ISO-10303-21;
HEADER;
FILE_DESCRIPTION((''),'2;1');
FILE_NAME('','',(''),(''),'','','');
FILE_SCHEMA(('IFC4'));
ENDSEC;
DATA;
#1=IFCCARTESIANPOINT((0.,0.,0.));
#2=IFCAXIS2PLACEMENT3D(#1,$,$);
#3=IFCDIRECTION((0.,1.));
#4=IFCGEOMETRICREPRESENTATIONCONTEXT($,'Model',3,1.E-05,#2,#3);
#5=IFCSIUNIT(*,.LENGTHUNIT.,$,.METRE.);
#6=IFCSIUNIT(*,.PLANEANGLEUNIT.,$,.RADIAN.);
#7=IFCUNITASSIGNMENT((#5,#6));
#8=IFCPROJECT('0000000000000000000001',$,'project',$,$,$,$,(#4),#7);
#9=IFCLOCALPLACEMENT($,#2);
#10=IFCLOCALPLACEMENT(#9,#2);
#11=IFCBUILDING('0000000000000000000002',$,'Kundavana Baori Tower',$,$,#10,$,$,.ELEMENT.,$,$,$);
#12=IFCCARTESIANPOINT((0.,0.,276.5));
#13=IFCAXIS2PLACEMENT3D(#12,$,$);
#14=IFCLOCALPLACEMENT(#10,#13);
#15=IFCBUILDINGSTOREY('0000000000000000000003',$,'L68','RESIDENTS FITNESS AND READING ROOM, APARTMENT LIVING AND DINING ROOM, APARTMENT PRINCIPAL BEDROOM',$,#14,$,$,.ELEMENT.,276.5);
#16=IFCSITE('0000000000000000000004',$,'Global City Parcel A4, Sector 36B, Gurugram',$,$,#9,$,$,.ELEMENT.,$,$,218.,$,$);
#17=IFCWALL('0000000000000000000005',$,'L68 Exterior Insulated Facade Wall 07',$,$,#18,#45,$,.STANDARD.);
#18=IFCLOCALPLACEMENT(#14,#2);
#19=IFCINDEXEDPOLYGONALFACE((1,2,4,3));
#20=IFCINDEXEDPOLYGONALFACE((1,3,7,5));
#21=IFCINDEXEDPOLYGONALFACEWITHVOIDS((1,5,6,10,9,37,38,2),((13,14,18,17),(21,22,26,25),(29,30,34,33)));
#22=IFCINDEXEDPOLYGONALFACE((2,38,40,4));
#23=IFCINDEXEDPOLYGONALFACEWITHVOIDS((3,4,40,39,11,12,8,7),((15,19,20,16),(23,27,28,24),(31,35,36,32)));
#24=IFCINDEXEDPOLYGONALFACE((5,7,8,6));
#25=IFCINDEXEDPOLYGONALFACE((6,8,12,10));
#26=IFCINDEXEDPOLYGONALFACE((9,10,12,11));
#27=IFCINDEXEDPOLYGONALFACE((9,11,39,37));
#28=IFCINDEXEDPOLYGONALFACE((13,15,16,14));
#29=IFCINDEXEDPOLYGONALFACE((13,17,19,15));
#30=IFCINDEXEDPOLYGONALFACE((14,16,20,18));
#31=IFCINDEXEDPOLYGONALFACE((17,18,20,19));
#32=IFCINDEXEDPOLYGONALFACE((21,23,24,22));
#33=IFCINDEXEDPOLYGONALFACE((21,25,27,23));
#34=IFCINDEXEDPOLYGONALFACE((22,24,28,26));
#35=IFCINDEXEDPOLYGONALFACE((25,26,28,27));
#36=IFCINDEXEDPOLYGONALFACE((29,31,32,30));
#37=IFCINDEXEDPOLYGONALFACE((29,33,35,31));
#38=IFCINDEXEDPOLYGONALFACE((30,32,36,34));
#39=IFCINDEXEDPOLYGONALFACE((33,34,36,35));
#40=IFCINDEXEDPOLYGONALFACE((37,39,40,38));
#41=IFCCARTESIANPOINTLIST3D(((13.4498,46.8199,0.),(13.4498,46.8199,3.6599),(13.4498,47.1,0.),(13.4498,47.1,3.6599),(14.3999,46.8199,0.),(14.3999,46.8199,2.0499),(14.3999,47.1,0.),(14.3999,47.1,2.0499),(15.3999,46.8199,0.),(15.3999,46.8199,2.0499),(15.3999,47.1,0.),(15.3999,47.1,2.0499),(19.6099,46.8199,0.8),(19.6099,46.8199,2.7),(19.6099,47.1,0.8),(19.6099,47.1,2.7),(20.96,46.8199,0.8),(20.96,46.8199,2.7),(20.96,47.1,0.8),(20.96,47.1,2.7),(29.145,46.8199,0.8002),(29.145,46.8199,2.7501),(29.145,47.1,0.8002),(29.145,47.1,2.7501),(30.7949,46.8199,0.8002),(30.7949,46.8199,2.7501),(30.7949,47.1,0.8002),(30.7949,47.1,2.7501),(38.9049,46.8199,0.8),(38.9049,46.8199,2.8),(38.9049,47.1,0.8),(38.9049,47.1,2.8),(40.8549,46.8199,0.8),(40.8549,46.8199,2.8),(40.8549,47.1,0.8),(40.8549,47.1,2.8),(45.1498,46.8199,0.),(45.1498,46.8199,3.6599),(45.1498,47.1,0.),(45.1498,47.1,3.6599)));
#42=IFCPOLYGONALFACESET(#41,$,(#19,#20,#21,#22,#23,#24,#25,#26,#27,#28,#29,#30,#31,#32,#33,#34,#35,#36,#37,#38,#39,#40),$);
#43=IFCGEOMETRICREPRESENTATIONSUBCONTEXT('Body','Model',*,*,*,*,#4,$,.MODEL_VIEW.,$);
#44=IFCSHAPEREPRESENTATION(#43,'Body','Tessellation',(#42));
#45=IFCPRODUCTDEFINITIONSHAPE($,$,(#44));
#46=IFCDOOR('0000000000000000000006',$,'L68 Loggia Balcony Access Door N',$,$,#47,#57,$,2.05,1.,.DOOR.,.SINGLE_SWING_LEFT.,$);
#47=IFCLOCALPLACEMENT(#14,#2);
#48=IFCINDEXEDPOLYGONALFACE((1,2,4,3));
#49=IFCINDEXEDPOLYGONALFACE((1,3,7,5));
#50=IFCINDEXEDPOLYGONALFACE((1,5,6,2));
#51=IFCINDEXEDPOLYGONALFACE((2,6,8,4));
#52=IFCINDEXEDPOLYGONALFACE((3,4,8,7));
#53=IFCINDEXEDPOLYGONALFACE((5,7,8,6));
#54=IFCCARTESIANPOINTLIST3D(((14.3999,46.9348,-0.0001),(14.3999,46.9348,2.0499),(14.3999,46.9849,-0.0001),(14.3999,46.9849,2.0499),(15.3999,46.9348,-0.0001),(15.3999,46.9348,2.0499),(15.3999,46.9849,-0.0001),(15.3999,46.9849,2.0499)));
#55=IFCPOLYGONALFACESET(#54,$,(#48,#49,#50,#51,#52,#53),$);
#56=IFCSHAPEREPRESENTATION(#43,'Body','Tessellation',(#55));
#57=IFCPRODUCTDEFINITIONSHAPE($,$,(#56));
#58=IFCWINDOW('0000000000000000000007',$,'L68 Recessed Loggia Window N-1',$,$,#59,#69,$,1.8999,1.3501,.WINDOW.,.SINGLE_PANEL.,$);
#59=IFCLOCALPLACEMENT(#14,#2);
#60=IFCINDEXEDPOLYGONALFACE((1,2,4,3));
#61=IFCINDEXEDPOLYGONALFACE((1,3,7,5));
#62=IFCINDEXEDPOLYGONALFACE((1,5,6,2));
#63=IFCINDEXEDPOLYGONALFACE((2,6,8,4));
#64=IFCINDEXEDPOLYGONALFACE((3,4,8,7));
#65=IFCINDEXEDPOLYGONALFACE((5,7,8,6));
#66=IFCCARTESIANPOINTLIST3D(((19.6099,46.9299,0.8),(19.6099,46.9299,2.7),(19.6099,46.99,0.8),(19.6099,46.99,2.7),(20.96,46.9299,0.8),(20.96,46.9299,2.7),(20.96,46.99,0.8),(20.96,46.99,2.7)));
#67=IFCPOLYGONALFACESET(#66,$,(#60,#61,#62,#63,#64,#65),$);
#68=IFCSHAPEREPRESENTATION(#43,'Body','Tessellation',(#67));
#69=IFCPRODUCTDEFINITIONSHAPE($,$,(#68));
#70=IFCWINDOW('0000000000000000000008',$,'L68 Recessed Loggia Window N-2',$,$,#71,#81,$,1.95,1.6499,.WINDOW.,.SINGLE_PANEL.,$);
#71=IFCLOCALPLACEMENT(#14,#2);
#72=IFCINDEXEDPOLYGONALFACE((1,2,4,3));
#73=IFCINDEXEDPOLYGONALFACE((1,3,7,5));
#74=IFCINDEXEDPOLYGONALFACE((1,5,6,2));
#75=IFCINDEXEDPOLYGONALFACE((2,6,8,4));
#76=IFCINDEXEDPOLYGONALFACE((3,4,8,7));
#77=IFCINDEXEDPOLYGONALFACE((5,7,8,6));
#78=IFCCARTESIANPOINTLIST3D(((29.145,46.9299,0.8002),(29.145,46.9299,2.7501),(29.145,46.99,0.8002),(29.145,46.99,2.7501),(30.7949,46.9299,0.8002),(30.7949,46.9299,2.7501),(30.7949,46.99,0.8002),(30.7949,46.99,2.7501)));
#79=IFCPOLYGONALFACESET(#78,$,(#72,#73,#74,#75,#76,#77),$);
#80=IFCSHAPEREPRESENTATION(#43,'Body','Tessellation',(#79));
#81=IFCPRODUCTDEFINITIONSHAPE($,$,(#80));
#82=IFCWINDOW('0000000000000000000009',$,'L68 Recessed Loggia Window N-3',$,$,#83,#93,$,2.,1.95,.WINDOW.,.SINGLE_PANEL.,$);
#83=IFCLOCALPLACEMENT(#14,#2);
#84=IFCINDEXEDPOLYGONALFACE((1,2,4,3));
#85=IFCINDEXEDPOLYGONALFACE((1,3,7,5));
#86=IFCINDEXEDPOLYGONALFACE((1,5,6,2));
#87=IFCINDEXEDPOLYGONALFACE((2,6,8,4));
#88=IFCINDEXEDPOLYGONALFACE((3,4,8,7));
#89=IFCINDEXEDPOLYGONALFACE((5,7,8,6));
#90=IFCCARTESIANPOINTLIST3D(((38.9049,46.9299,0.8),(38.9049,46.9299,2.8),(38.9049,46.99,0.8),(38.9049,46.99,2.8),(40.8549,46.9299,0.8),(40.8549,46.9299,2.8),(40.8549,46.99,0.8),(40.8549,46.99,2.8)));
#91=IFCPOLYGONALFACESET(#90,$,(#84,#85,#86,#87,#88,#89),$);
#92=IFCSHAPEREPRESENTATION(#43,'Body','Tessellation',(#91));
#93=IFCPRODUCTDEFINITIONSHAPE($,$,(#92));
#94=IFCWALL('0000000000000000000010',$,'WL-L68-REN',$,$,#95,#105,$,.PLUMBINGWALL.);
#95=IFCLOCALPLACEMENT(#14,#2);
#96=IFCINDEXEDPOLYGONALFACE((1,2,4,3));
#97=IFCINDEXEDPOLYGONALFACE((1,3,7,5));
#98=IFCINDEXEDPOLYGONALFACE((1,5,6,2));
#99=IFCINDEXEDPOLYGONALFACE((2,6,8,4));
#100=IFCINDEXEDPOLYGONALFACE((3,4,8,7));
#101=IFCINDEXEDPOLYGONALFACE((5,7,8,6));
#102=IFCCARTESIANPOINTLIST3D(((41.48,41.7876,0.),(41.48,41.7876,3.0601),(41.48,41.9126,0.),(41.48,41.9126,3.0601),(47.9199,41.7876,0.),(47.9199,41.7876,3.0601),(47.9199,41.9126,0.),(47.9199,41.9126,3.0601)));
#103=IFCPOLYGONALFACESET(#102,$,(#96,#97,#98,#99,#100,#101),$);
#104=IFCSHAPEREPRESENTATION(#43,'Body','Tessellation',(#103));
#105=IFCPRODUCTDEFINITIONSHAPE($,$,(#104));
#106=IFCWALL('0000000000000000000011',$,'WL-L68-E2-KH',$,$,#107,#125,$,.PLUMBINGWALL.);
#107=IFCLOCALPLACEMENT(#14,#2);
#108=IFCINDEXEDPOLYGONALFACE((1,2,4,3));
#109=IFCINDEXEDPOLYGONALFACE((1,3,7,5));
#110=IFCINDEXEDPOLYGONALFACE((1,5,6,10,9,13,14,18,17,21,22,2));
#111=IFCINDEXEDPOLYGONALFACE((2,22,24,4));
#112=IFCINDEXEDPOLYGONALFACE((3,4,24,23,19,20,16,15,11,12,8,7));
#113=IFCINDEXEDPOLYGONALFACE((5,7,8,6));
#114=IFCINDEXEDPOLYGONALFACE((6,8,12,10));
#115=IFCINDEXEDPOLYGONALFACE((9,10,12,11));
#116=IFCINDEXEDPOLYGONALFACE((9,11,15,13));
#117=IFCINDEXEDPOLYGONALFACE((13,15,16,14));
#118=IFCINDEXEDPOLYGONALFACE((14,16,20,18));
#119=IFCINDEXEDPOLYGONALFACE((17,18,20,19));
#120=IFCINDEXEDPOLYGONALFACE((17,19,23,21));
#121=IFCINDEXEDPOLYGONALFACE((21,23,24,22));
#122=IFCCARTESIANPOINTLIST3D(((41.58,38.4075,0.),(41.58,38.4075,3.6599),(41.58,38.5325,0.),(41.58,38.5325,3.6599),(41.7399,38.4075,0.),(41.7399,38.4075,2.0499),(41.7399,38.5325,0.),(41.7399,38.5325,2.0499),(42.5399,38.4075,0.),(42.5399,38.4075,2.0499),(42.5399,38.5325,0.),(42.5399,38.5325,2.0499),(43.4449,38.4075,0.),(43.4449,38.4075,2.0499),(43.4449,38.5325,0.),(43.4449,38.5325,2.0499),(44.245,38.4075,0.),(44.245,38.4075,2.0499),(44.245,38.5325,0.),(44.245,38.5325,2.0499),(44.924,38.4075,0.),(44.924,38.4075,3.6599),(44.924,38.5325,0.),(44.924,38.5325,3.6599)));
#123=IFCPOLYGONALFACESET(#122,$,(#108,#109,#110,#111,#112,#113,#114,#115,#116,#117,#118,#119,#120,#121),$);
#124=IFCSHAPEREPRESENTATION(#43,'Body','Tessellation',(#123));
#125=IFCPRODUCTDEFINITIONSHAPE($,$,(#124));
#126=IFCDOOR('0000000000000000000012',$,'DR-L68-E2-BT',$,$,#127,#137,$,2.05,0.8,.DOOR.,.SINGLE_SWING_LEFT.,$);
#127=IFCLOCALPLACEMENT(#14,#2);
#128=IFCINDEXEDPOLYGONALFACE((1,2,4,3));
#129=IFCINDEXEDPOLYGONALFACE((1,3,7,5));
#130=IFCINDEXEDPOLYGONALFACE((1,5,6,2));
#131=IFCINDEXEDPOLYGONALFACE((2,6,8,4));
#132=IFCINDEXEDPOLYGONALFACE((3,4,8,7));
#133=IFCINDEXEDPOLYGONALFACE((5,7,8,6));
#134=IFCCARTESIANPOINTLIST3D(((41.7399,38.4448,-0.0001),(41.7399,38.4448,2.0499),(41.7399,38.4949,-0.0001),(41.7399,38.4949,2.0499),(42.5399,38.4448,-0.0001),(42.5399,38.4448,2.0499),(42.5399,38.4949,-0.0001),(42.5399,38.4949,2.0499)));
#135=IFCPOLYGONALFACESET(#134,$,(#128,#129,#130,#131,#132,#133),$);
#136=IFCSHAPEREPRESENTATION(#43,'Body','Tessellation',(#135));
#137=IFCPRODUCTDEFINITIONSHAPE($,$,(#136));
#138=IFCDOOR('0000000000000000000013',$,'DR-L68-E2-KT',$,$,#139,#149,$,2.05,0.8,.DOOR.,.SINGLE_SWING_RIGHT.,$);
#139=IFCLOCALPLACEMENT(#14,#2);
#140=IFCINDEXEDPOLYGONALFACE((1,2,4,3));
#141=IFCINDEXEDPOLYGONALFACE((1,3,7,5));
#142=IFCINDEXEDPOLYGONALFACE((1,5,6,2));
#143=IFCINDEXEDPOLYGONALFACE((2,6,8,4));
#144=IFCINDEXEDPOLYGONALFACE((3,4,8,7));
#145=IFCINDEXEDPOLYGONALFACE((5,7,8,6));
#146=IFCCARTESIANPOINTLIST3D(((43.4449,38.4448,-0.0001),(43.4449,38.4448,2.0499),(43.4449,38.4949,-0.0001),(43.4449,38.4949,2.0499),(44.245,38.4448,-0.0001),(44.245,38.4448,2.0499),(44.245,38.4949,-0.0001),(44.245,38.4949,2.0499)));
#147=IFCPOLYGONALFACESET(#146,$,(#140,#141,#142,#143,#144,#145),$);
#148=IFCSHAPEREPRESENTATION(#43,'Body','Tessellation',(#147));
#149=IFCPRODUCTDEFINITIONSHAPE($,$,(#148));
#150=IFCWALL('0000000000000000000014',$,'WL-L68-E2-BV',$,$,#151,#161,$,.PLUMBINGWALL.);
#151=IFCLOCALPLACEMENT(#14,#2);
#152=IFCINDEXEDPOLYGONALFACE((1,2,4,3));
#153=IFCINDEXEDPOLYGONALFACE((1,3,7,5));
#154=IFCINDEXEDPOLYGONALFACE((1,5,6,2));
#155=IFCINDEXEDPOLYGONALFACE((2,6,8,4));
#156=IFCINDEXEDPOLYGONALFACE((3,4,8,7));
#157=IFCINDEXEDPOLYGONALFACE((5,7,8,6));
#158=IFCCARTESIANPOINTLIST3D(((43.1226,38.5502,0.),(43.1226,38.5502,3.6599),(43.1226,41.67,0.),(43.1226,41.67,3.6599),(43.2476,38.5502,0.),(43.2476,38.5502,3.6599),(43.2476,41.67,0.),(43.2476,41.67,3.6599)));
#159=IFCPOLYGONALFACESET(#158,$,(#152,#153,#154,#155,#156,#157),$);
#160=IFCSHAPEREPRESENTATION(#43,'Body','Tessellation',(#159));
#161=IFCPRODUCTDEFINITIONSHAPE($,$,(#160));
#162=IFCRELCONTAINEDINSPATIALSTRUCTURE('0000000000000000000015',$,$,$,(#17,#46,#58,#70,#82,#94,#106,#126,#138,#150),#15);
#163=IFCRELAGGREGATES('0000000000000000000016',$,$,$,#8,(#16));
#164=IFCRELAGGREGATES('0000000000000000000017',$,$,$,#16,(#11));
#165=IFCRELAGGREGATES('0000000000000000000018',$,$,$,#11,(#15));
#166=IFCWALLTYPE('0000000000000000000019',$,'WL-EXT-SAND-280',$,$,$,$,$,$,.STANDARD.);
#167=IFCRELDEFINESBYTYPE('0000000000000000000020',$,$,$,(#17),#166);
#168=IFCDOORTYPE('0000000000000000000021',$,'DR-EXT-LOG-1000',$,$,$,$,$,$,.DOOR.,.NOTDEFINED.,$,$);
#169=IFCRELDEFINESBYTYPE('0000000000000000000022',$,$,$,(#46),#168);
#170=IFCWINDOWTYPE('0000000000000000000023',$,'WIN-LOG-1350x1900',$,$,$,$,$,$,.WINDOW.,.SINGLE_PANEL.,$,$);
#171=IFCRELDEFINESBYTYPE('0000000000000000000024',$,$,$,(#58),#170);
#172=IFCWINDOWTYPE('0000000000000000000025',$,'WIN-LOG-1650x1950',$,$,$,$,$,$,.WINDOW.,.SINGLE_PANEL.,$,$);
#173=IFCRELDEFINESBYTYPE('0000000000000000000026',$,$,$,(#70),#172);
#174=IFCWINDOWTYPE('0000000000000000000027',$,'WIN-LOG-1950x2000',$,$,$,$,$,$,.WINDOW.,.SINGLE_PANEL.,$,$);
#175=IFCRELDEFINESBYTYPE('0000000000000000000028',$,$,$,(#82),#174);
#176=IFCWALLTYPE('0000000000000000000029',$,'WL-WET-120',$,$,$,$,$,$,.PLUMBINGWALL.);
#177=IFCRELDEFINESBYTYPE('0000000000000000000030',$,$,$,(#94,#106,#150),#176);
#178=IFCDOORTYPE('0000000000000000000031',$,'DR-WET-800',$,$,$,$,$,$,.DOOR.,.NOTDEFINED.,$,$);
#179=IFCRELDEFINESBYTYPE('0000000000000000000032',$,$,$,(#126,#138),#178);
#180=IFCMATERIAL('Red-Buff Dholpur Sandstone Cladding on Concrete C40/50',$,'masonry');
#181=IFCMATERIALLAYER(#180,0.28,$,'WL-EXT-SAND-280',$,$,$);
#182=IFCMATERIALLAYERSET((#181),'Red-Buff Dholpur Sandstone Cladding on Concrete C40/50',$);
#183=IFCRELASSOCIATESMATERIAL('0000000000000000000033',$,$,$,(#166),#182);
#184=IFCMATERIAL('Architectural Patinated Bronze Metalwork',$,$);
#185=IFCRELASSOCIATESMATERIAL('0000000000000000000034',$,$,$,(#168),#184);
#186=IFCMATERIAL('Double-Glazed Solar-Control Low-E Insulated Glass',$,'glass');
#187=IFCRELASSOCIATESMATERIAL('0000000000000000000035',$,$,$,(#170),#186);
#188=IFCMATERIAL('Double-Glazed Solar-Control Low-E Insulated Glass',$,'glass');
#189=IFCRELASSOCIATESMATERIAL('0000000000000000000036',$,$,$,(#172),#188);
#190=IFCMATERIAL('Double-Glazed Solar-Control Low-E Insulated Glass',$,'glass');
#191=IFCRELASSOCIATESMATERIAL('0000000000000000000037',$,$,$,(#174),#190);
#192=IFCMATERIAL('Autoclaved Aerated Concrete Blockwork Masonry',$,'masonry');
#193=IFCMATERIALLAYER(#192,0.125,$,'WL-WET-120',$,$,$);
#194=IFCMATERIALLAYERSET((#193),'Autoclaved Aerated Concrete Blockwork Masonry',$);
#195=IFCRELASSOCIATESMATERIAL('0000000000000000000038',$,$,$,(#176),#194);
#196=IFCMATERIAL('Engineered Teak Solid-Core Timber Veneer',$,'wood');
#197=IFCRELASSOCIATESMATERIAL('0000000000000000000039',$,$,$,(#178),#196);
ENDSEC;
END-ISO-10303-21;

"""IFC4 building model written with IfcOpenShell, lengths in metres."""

from ifc_helpers import new_model, si_unit, direction, frame, frame_2d, origin, place, context, subcontext, project, spatial, rectangle, extrude, material, layer, layer_set, type_object, element, fill, save


model = new_model("IFC4")

# Units and contexts
model_context = context("Model", 3, precision=1e-05, world=origin(), true_north=direction((0.0, 1.0)))
body_context = subcontext(model_context, "Body", "Model", "MODEL_VIEW")
ifc_project = project(units=[si_unit("LENGTHUNIT", "METRE"), si_unit("PLANEANGLEUNIT", "RADIAN")], contexts=[model_context])

# Site, building, storey
site_placement = place(None, origin())
site = spatial("IfcSite", under=ifc_project, at=site_placement, Name="Global City Parcel A4, Sector 36B, Gurugram", CompositionType="ELEMENT", RefElevation=218.0)
building_placement = place(site_placement, origin())
building = spatial("IfcBuilding", under=site, at=building_placement, Name="Kundavana Baori Tower", CompositionType="ELEMENT")
storey_placement = place(building_placement, frame((0.0, 0.0, 276.5)))
storey = spatial("IfcBuildingStorey", under=building, at=storey_placement, Name="L68", Description="RESIDENTS FITNESS AND READING ROOM, APARTMENT LIVING AND DINING ROOM, APARTMENT PRINCIPAL BEDROOM", CompositionType="ELEMENT", Elevation=276.5)

# Shared definitions
ifc_material_1 = material(Name="Red-Buff Dholpur Sandstone Cladding on Concrete C40/50", Category="masonry")
ifc_layer_1 = layer(ifc_material_1, 0.28, Name="WL-EXT-SAND-280")
ifc_layer_set_1 = layer_set([ifc_layer_1], Name="Red-Buff Dholpur Sandstone Cladding on Concrete C40/50")
wall_type_1 = type_object("IfcWallType", Name="WL-EXT-SAND-280", PredefinedType="STANDARD", material=ifc_layer_set_1)

# Wall, openings, door, windows
wall_1_placement = place(storey_placement, frame((45.1499, 46.96, 0.0), z_axis=(0.0, 0.0, 1.0), x_axis=(-1.0, 0.0, 0.0)))
wall_1 = element("IfcWall", 1, at=wall_1_placement, inside=storey, type_object=wall_type_1, Name="L68 Exterior Insulated Facade Wall 07", PredefinedType="STANDARD", context=body_context, shape_type="SweptSolid", body=[
    extrude(rectangle(XDim=31.7, YDim=0.28, at=frame_2d((15.8501, 0.0))), origin(), (0.0, 0.0, 1.0), 3.6599),
])
opening_1_placement = place(wall_1_placement, frame((29.75, 0.0, 0.0)))
opening_1 = element("IfcOpeningElement", 2, at=opening_1_placement, cuts=wall_1, PredefinedType="OPENING", context=body_context, shape_type="SweptSolid", body=[
    extrude(rectangle(XDim=1.0, YDim=2.05, at=frame_2d((0.5, 1.0249))), frame((0.0, 0.1499, 0.0), z_axis=(0.0, -1.0, 0.0), x_axis=(1.0, 0.0, 0.0)), (0.0, 0.0, 1.0), 0.3),
])
opening_2_placement = place(wall_1_placement, frame((24.1899, 0.0, 0.8)))
opening_2 = element("IfcOpeningElement", 3, at=opening_2_placement, cuts=wall_1, PredefinedType="OPENING", context=body_context, shape_type="SweptSolid", body=[
    extrude(rectangle(XDim=1.3501, YDim=1.8999, at=frame_2d((0.675, 0.95))), frame((0.0, 0.1499, 0.0), z_axis=(0.0, -1.0, 0.0), x_axis=(1.0, 0.0, 0.0)), (0.0, 0.0, 1.0), 0.3),
])
opening_3_placement = place(wall_1_placement, frame((14.355, 0.0, 0.8)))
opening_3 = element("IfcOpeningElement", 4, at=opening_3_placement, cuts=wall_1, PredefinedType="OPENING", context=body_context, shape_type="SweptSolid", body=[
    extrude(rectangle(XDim=1.6499, YDim=1.95, at=frame_2d((0.825, 0.9751))), frame((0.0, 0.1499, 0.0), z_axis=(0.0, -1.0, 0.0), x_axis=(1.0, 0.0, 0.0)), (0.0, 0.0, 1.0), 0.3),
])
opening_4_placement = place(wall_1_placement, frame((4.2949, 0.0, 0.8)))
opening_4 = element("IfcOpeningElement", 5, at=opening_4_placement, cuts=wall_1, PredefinedType="OPENING", context=body_context, shape_type="SweptSolid", body=[
    extrude(rectangle(XDim=1.95, YDim=2.0, at=frame_2d((0.9751, 1.0))), frame((0.0, 0.1499, 0.0), z_axis=(0.0, -1.0, 0.0), x_axis=(1.0, 0.0, 0.0)), (0.0, 0.0, 1.0), 0.3),
])
ifc_material_2 = material(Name="Architectural Patinated Bronze Metalwork")
door_type_1 = type_object("IfcDoorType", Name="DR-EXT-LOG-1000", OperationType="NOTDEFINED", PredefinedType="DOOR", material=ifc_material_2)
door_1_placement = place(opening_1_placement, frame((1.0, 0.0, 0.0), z_axis=(0.0, 0.0, 1.0), x_axis=(-1.0, 0.0, 0.0)))
door_1 = element("IfcDoor", 6, at=door_1_placement, inside=storey, type_object=door_type_1, Name="L68 Loggia Balcony Access Door N", OperationType="SINGLE_SWING_LEFT", OverallHeight=2.05, OverallWidth=1.0, PredefinedType="DOOR", context=body_context, shape_type="SweptSolid", body=[
    extrude(rectangle(XDim=1.0, YDim=2.05, at=frame_2d((0.5, 1.0249))), frame((0.0, 0.0249, 0.0), z_axis=(0.0, -1.0, 0.0), x_axis=(1.0, 0.0, 0.0)), (0.0, 0.0, 1.0), 0.05),
])
fill(opening_1, door_1)
ifc_material_3 = material(Name="Double-Glazed Solar-Control Low-E Insulated Glass", Category="glass")
window_type_1 = type_object("IfcWindowType", Name="WIN-LOG-1350x1900", PartitioningType="SINGLE_PANEL", PredefinedType="WINDOW", material=ifc_material_3)
window_1_placement = place(opening_2_placement, origin())
window_1 = element("IfcWindow", 7, at=window_1_placement, inside=storey, type_object=window_type_1, Name="L68 Recessed Loggia Window N-1", OverallHeight=1.8999, OverallWidth=1.3501, PartitioningType="SINGLE_PANEL", PredefinedType="WINDOW", context=body_context, shape_type="SweptSolid", body=[
    extrude(rectangle(XDim=1.3501, YDim=1.8999, at=frame_2d((0.675, 0.95))), frame((0.0, 0.03, 0.0), z_axis=(0.0, -1.0, 0.0), x_axis=(1.0, 0.0, 0.0)), (0.0, 0.0, 1.0), 0.0601),
])
fill(opening_2, window_1)
ifc_material_4 = material(Name="Double-Glazed Solar-Control Low-E Insulated Glass", Category="glass")
window_type_2 = type_object("IfcWindowType", Name="WIN-LOG-1650x1950", PartitioningType="SINGLE_PANEL", PredefinedType="WINDOW", material=ifc_material_4)
window_2_placement = place(opening_3_placement, origin())
window_2 = element("IfcWindow", 8, at=window_2_placement, inside=storey, type_object=window_type_2, Name="L68 Recessed Loggia Window N-2", OverallHeight=1.95, OverallWidth=1.6499, PartitioningType="SINGLE_PANEL", PredefinedType="WINDOW", context=body_context, shape_type="SweptSolid", body=[
    extrude(rectangle(XDim=1.6499, YDim=1.95, at=frame_2d((0.825, 0.9751))), frame((0.0, 0.03, 0.0), z_axis=(0.0, -1.0, 0.0), x_axis=(1.0, 0.0, 0.0)), (0.0, 0.0, 1.0), 0.0601),
])
fill(opening_3, window_2)
ifc_material_5 = material(Name="Double-Glazed Solar-Control Low-E Insulated Glass", Category="glass")
window_type_3 = type_object("IfcWindowType", Name="WIN-LOG-1950x2000", PartitioningType="SINGLE_PANEL", PredefinedType="WINDOW", material=ifc_material_5)
window_3_placement = place(opening_4_placement, origin())
window_3 = element("IfcWindow", 9, at=window_3_placement, inside=storey, type_object=window_type_3, Name="L68 Recessed Loggia Window N-3", OverallHeight=2.0, OverallWidth=1.95, PartitioningType="SINGLE_PANEL", PredefinedType="WINDOW", context=body_context, shape_type="SweptSolid", body=[
    extrude(rectangle(XDim=1.95, YDim=2.0, at=frame_2d((0.9751, 1.0))), frame((0.0, 0.03, 0.0), z_axis=(0.0, -1.0, 0.0), x_axis=(1.0, 0.0, 0.0)), (0.0, 0.0, 1.0), 0.0601),
])
fill(opening_4, window_3)

# Wall
ifc_material_6 = material(Name="Autoclaved Aerated Concrete Blockwork Masonry", Category="masonry")
ifc_layer_2 = layer(ifc_material_6, 0.125, Name="WL-WET-120")
ifc_layer_set_2 = layer_set([ifc_layer_2], Name="Autoclaved Aerated Concrete Blockwork Masonry")
wall_type_2 = type_object("IfcWallType", Name="WL-WET-120", PredefinedType="PLUMBINGWALL", material=ifc_layer_set_2)
wall_2_placement = place(storey_placement, frame((41.48, 41.8501, 0.0), z_axis=(0.0, 0.0, 1.0), x_axis=(1.0, 0.0, 0.0)))
element("IfcWall", 10, at=wall_2_placement, inside=storey, type_object=wall_type_2, Name="WL-L68-REN", PredefinedType="PLUMBINGWALL", context=body_context, shape_type="SweptSolid", body=[
    extrude(rectangle(XDim=6.4399, YDim=0.125, at=frame_2d((3.22, 0.0))), origin(), (0.0, 0.0, 1.0), 3.0601),
])

# Wall, openings, doors
wall_3_placement = place(storey_placement, frame((41.5801, 38.47, 0.0), z_axis=(0.0, 0.0, 1.0), x_axis=(1.0, 0.0, 0.0)))
wall_3 = element("IfcWall", 11, at=wall_3_placement, inside=storey, type_object=wall_type_2, Name="WL-L68-E2-KH", PredefinedType="PLUMBINGWALL", context=body_context, shape_type="SweptSolid", body=[
    extrude(rectangle(XDim=3.344, YDim=0.125, at=frame_2d((1.6719, 0.0))), origin(), (0.0, 0.0, 1.0), 3.6599),
])
opening_5_placement = place(wall_3_placement, frame((0.1599, 0.0, 0.0)))
opening_5 = element("IfcOpeningElement", 12, at=opening_5_placement, cuts=wall_3, PredefinedType="OPENING", context=body_context, shape_type="SweptSolid", body=[
    extrude(rectangle(XDim=0.8, YDim=2.05, at=frame_2d((0.3999, 1.0249))), frame((0.0, 0.0725, 0.0), z_axis=(0.0, -1.0, 0.0), x_axis=(1.0, 0.0, 0.0)), (0.0, 0.0, 1.0), 0.145),
])
opening_6_placement = place(wall_3_placement, frame((1.865, 0.0, 0.0)))
opening_6 = element("IfcOpeningElement", 13, at=opening_6_placement, cuts=wall_3, PredefinedType="OPENING", context=body_context, shape_type="SweptSolid", body=[
    extrude(rectangle(XDim=0.8, YDim=2.05, at=frame_2d((0.3999, 1.0249))), frame((0.0, 0.0725, 0.0), z_axis=(0.0, -1.0, 0.0), x_axis=(1.0, 0.0, 0.0)), (0.0, 0.0, 1.0), 0.145),
])
ifc_material_7 = material(Name="Engineered Teak Solid-Core Timber Veneer", Category="wood")
door_type_2 = type_object("IfcDoorType", Name="DR-WET-800", OperationType="NOTDEFINED", PredefinedType="DOOR", material=ifc_material_7)
door_2_placement = place(opening_5_placement, origin())
door_2 = element("IfcDoor", 14, at=door_2_placement, inside=storey, type_object=door_type_2, Name="DR-L68-E2-BT", OperationType="SINGLE_SWING_LEFT", OverallHeight=2.05, OverallWidth=0.8, PredefinedType="DOOR", context=body_context, shape_type="SweptSolid", body=[
    extrude(rectangle(XDim=0.8, YDim=2.05, at=frame_2d((0.3999, 1.0249))), frame((0.0, 0.0249, 0.0), z_axis=(0.0, -1.0, 0.0), x_axis=(1.0, 0.0, 0.0)), (0.0, 0.0, 1.0), 0.05),
])
fill(opening_5, door_2)
door_3_placement = place(opening_6_placement, origin())
door_3 = element("IfcDoor", 15, at=door_3_placement, inside=storey, type_object=door_type_2, Name="DR-L68-E2-KT", OperationType="SINGLE_SWING_RIGHT", OverallHeight=2.05, OverallWidth=0.8, PredefinedType="DOOR", context=body_context, shape_type="SweptSolid", body=[
    extrude(rectangle(XDim=0.8, YDim=2.05, at=frame_2d((0.3999, 1.0249))), frame((0.0, 0.0249, 0.0), z_axis=(0.0, -1.0, 0.0), x_axis=(1.0, 0.0, 0.0)), (0.0, 0.0, 1.0), 0.05),
])
fill(opening_6, door_3)

# Wall
wall_4_placement = place(storey_placement, frame((43.1851, 38.55, 0.0), z_axis=(0.0, 0.0, 1.0), x_axis=(0.0, 1.0, 0.0)))
element("IfcWall", 16, at=wall_4_placement, inside=storey, type_object=wall_type_2, Name="WL-L68-E2-BV", PredefinedType="PLUMBINGWALL", context=body_context, shape_type="SweptSolid", body=[
    extrude(rectangle(XDim=3.1199, YDim=0.125, at=frame_2d((1.5601, 0.0))), origin(), (0.0, 0.0, 1.0), 3.6599),
])

save(model, "model.ifc")
